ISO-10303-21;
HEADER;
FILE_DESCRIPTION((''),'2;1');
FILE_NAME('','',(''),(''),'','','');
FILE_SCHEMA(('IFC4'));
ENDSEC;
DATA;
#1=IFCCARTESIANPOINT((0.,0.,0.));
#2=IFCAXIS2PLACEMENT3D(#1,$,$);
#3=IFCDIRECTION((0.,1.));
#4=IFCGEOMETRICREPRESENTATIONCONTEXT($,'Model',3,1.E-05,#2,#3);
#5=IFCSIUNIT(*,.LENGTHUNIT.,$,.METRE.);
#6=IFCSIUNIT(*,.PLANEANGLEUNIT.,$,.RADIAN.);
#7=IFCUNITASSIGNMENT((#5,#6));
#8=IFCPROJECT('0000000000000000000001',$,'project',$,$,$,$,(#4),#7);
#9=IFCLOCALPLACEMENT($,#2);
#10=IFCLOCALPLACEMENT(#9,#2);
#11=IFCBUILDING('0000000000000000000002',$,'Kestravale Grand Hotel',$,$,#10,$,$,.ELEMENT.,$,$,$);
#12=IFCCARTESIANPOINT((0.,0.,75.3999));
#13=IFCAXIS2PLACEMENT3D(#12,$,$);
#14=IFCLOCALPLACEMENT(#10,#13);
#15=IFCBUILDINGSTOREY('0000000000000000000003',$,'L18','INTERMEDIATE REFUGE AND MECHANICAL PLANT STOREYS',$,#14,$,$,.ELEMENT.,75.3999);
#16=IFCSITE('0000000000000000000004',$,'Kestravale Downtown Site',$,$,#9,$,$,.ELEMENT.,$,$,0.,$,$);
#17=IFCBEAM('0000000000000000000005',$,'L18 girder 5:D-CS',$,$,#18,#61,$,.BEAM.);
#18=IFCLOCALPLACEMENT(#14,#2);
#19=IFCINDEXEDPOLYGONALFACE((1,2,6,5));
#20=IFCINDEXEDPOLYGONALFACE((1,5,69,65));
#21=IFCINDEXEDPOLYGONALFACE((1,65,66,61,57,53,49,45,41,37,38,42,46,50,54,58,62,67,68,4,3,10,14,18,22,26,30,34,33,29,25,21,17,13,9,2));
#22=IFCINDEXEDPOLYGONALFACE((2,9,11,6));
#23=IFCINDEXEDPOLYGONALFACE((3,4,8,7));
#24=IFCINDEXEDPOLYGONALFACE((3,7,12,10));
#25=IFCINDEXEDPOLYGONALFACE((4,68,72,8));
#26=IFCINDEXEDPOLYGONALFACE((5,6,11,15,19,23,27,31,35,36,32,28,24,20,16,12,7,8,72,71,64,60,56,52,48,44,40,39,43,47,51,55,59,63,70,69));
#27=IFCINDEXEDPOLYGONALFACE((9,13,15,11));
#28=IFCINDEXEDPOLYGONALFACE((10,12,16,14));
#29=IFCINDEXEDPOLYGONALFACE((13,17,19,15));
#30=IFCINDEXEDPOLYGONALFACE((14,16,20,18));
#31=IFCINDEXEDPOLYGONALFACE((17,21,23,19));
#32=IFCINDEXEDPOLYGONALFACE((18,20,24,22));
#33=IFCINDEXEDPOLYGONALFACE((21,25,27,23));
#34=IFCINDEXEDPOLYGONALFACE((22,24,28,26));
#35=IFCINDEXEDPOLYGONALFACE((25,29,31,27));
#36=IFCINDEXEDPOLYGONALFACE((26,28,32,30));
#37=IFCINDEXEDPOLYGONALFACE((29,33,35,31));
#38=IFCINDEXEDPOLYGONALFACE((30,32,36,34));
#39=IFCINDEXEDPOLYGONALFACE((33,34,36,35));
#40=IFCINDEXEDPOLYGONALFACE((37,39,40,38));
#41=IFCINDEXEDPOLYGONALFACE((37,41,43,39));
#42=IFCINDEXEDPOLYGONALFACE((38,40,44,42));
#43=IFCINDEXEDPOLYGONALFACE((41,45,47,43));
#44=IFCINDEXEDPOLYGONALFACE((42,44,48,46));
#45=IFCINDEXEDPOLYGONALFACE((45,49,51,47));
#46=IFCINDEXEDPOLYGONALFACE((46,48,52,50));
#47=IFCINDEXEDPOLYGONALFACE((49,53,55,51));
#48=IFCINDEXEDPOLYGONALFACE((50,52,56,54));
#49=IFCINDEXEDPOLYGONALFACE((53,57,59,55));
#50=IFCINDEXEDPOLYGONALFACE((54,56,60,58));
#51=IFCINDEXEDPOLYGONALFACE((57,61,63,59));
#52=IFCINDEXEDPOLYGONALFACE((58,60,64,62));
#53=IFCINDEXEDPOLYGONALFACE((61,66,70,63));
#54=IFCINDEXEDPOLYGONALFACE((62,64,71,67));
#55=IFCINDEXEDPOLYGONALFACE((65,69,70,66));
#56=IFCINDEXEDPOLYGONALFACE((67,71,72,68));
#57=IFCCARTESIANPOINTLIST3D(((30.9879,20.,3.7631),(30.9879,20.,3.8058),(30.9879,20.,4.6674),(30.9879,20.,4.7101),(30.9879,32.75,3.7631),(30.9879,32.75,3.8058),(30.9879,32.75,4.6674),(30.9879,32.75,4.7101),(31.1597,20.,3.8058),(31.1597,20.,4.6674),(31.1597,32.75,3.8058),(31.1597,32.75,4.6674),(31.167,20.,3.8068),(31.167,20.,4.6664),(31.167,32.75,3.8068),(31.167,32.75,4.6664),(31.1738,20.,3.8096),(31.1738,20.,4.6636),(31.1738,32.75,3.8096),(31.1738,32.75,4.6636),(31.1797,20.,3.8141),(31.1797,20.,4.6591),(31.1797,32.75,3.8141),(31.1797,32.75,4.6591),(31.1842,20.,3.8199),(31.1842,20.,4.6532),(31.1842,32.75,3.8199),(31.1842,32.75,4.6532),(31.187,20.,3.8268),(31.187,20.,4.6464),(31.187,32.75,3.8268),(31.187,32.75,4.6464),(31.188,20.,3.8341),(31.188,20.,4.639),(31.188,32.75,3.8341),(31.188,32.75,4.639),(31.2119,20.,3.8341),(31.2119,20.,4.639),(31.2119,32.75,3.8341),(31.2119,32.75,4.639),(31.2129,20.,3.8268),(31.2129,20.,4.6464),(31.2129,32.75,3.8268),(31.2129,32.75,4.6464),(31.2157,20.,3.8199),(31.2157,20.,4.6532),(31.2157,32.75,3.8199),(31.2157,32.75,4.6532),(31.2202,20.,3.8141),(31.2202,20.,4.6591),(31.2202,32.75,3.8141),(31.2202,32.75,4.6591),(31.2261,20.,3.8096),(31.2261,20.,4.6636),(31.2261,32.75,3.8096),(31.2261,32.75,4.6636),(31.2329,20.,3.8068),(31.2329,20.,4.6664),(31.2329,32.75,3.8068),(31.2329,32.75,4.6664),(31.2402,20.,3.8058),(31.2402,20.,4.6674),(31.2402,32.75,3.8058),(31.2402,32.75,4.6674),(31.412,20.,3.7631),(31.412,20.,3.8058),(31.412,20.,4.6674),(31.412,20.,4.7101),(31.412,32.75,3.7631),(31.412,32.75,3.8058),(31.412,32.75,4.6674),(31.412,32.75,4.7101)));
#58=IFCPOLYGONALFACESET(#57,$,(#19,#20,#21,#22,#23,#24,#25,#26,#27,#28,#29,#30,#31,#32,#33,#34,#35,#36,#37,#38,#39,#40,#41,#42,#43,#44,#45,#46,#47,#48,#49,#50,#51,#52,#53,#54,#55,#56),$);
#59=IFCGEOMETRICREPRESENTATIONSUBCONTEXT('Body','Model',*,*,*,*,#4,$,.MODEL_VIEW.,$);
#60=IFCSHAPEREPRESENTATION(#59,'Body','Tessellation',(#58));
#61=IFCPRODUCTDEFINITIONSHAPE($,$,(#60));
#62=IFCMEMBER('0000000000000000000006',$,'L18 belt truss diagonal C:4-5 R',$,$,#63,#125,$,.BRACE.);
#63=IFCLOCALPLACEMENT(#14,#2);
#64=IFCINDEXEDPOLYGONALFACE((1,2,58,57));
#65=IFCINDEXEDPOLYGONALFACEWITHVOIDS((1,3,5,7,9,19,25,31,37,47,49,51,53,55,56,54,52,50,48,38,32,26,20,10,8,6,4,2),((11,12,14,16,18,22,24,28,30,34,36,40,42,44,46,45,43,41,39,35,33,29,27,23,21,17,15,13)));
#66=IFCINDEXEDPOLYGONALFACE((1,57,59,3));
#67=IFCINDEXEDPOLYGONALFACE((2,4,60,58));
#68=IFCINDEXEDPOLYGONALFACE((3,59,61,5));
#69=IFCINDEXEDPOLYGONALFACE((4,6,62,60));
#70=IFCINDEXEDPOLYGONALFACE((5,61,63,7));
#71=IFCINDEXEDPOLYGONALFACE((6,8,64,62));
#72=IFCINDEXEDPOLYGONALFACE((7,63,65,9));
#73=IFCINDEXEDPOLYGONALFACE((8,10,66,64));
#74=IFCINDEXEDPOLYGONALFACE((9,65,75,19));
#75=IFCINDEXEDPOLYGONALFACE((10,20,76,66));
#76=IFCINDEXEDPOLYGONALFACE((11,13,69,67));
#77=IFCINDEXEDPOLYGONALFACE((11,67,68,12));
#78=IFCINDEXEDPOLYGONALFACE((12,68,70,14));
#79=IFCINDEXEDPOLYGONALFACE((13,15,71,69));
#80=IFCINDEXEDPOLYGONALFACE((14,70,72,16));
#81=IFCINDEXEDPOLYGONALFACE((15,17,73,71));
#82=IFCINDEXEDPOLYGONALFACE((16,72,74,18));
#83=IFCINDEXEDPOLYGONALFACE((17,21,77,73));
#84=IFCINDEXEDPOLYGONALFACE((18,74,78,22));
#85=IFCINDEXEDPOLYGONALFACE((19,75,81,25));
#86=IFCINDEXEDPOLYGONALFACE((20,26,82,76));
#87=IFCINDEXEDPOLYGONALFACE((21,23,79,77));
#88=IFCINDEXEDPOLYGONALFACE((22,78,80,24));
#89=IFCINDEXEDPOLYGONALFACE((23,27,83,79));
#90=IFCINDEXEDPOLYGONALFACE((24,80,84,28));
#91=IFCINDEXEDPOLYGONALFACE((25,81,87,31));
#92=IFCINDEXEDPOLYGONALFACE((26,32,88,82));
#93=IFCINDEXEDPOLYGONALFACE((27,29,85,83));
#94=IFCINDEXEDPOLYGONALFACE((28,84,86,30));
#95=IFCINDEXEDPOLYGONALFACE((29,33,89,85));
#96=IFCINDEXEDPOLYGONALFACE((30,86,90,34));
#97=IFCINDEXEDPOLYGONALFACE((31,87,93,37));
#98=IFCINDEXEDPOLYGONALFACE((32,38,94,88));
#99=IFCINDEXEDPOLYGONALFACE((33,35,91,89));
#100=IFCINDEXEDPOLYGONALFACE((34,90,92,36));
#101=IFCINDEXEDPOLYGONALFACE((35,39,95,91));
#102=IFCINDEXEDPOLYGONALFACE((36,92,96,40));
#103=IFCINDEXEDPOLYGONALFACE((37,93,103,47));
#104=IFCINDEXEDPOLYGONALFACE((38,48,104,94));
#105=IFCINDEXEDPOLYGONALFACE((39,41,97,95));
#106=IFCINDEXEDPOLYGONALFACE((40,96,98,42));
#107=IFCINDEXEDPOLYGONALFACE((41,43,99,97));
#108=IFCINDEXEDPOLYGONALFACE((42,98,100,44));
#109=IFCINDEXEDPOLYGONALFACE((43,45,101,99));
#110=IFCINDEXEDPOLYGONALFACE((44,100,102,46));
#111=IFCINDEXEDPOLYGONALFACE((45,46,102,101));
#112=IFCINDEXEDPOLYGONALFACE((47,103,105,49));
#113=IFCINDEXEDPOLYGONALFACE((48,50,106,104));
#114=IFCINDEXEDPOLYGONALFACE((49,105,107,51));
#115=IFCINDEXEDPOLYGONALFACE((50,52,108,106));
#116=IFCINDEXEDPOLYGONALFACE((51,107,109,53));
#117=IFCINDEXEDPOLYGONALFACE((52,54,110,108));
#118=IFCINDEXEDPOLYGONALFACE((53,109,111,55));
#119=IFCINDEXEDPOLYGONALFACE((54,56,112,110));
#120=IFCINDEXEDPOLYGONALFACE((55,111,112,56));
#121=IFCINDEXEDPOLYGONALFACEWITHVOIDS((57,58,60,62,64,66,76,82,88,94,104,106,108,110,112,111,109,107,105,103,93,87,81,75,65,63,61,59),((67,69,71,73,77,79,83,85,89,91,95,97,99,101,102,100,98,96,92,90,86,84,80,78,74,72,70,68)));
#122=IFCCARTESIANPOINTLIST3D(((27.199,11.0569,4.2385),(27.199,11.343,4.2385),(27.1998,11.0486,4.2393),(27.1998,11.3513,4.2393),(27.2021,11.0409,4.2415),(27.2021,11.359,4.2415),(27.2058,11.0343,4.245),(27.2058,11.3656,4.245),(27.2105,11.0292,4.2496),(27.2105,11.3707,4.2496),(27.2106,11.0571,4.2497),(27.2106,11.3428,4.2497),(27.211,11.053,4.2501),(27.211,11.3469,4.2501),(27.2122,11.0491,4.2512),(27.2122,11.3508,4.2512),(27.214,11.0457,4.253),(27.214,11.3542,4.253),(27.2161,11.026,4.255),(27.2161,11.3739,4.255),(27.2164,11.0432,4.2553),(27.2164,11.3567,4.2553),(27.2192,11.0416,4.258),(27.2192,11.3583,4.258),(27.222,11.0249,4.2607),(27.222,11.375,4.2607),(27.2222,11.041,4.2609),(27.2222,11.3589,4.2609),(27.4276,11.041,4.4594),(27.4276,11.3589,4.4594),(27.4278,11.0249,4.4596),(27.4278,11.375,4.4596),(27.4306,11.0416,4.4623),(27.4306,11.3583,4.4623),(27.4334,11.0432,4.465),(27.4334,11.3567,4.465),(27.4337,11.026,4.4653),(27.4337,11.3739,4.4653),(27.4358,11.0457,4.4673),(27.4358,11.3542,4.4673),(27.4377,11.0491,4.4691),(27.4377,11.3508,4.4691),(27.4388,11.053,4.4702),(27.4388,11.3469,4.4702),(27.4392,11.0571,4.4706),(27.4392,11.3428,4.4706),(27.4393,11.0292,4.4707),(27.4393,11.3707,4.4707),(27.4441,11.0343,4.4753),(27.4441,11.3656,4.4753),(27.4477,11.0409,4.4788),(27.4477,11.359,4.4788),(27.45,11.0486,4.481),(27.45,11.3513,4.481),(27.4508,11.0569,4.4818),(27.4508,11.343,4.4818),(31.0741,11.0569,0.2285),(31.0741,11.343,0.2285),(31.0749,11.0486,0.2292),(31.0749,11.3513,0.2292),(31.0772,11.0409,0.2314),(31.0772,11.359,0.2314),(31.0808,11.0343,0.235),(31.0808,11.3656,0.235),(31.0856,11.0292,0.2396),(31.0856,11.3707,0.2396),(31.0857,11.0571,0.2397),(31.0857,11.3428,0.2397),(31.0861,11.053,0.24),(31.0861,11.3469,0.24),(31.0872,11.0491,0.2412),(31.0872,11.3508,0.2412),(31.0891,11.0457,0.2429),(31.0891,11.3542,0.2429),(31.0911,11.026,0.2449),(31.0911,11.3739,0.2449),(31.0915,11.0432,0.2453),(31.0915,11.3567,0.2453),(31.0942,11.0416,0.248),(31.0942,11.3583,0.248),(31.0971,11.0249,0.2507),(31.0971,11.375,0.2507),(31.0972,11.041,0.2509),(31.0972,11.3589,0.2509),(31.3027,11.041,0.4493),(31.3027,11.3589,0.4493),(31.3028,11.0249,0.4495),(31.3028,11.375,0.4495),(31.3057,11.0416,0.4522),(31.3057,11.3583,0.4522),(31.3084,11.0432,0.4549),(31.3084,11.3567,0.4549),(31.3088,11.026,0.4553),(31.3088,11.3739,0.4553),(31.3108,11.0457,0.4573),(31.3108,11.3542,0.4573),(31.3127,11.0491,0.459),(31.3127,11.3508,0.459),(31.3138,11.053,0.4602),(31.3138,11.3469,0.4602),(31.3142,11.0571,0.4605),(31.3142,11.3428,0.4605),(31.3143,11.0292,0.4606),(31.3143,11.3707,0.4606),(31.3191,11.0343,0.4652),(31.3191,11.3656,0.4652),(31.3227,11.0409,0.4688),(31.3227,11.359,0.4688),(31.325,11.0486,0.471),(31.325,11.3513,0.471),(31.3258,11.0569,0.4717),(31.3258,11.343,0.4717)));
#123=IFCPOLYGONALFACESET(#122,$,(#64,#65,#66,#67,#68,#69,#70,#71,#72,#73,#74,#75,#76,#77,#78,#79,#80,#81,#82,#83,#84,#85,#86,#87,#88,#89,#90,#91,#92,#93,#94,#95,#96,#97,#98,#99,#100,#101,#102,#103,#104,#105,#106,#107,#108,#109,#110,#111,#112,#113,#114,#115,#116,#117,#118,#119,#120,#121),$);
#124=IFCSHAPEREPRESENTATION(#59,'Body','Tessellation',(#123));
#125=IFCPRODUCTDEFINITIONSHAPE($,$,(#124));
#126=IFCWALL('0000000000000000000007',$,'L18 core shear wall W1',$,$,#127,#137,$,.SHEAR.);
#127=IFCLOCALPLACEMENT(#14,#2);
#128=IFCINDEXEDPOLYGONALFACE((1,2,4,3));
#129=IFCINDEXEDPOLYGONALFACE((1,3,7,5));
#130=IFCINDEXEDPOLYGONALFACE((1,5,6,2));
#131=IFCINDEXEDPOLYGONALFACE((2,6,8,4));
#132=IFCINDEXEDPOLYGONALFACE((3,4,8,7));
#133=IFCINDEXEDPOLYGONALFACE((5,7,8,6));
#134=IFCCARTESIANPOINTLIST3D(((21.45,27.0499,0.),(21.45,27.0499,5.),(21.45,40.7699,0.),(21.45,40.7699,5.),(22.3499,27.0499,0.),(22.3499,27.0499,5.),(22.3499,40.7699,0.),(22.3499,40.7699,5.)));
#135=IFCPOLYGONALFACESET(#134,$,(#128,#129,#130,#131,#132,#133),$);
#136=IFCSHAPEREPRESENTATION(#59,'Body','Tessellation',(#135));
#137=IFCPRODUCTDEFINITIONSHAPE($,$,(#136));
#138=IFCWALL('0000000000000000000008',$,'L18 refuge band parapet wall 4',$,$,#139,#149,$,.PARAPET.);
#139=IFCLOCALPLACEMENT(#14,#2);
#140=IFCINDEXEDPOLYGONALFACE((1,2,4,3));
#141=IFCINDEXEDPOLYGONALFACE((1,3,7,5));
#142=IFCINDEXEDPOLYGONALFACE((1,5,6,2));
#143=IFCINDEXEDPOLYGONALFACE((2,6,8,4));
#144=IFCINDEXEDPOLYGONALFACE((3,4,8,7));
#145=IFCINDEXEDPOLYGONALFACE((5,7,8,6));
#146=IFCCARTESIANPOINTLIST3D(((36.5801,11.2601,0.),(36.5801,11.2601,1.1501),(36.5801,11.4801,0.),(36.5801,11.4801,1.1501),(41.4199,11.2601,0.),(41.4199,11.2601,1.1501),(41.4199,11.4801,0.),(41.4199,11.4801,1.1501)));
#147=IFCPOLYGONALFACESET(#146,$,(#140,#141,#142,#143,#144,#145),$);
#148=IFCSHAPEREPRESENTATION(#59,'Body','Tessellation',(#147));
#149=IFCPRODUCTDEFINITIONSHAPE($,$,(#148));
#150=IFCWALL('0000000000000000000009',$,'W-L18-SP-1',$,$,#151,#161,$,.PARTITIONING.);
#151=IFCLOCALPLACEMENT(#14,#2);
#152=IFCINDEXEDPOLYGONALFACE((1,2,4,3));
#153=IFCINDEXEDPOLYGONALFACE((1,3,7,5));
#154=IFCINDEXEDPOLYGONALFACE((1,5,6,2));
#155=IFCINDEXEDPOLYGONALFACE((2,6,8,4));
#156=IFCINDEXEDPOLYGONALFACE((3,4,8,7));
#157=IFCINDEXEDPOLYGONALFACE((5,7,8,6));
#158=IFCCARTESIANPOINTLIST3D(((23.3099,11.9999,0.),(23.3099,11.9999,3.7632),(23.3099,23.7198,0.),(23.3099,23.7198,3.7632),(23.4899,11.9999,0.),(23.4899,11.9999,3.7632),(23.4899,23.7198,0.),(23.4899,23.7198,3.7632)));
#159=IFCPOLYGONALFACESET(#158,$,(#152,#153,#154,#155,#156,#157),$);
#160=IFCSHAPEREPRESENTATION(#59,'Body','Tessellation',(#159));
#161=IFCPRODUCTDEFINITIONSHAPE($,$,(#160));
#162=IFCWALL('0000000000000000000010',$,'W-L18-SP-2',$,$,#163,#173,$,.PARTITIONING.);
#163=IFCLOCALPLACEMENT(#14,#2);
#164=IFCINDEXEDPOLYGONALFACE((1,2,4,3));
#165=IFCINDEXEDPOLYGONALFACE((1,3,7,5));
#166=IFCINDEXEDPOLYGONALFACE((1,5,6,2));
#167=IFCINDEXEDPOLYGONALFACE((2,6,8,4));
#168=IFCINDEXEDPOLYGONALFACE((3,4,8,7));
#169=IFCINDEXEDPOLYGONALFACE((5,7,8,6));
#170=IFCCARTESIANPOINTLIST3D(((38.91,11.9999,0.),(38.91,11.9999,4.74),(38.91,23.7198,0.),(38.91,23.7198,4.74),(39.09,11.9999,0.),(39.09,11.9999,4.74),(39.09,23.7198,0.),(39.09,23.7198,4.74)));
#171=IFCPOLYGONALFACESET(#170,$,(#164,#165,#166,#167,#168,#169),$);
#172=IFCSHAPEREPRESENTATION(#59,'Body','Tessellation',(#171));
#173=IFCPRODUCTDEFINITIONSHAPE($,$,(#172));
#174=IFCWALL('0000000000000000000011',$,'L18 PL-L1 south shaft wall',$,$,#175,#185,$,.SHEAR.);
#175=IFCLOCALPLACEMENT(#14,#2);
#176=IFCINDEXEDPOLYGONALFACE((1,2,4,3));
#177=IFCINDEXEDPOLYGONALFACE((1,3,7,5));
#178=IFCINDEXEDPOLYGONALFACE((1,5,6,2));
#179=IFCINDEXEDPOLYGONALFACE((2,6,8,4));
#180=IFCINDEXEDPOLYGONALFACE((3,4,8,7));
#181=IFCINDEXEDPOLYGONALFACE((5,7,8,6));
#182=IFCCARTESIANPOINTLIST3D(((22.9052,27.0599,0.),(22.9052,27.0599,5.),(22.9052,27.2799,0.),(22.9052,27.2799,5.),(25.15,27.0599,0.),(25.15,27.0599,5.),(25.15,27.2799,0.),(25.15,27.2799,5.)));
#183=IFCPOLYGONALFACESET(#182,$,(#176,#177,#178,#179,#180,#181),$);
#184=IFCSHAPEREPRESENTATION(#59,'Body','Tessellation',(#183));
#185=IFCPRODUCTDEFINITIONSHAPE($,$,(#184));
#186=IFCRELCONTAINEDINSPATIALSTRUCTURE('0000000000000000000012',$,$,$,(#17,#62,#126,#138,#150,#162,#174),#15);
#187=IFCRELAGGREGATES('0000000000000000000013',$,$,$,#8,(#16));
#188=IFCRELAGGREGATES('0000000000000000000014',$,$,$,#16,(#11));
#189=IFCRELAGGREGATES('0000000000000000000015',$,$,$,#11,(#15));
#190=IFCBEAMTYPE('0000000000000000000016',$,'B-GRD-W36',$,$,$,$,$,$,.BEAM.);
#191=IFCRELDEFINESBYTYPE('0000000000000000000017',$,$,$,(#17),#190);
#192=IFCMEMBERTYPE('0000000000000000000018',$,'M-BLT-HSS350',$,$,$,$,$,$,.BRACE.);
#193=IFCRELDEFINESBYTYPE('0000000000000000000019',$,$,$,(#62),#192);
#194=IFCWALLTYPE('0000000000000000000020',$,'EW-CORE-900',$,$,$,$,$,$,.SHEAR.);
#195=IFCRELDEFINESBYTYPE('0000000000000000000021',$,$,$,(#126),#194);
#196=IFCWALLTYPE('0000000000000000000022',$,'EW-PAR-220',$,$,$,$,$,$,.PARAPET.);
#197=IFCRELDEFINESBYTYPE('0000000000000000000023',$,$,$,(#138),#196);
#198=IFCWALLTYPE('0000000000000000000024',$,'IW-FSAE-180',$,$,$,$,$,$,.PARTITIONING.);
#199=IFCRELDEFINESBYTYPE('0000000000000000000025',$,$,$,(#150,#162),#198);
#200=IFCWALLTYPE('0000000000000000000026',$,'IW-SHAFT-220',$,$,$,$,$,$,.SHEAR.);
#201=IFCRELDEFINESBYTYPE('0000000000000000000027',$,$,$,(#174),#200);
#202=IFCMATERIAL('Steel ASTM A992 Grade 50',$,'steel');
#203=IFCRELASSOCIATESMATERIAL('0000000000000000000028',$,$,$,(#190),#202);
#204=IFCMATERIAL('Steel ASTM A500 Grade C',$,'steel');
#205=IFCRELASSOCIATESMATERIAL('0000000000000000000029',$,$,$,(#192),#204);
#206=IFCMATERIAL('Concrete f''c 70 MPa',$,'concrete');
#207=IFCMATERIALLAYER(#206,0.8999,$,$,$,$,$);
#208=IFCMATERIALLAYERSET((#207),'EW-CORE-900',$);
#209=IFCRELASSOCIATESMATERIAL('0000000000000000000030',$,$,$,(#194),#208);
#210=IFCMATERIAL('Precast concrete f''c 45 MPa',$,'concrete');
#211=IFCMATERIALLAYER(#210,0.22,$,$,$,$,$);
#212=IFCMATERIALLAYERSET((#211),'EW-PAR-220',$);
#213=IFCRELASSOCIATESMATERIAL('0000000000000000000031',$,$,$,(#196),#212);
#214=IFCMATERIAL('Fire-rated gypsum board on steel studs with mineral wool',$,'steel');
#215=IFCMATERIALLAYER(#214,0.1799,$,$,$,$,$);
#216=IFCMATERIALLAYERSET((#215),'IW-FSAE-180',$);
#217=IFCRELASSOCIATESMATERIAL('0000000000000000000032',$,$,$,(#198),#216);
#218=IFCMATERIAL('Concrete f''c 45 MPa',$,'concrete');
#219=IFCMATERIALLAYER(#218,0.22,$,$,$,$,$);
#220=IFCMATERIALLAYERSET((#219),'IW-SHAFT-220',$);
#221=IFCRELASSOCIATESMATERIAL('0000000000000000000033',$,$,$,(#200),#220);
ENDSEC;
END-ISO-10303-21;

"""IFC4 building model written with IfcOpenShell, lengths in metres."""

from ifc_helpers import new_model, si_unit, direction, frame, frame_2d, origin, origin_2d, place, context, subcontext, project, spatial, rectangle, hollow_rectangle, i_section, extrude, material, layer, layer_set, material_profile, profile_set, type_object, element, save


model = new_model("IFC4")

# Units and contexts
model_context = context("Model", 3, precision=1e-05, world=origin(), true_north=direction((0.0, 1.0)))
body_context = subcontext(model_context, "Body", "Model", "MODEL_VIEW")
ifc_project = project(units=[si_unit("LENGTHUNIT", "METRE"), si_unit("PLANEANGLEUNIT", "RADIAN")], contexts=[model_context])

# Site, building, storey
site_placement = place(None, origin())
site = spatial("IfcSite", under=ifc_project, at=site_placement, Name="Kestravale Downtown Site", CompositionType="ELEMENT", RefElevation=0.0)
building_placement = place(site_placement, origin())
building = spatial("IfcBuilding", under=site, at=building_placement, Name="Kestravale Grand Hotel", CompositionType="ELEMENT")
storey_placement = place(building_placement, frame((0.0, 0.0, 75.3999)))
storey = spatial("IfcBuildingStorey", under=building, at=storey_placement, Name="L18", Description="INTERMEDIATE REFUGE AND MECHANICAL PLANT STOREYS", CompositionType="ELEMENT", Elevation=75.3999)

# Beam
ifc_material_1 = material(Name="Steel ASTM A992 Grade 50", Category="steel")
ifc_material_profile_1 = material_profile(ifc_material_1, i_section(OverallWidth=0.4241, OverallDepth=0.947, WebThickness=0.0239, FlangeThickness=0.0427, FilletRadius=0.0283, at=origin_2d()))
ifc_profile_set_1 = profile_set([ifc_material_profile_1], Name="Steel ASTM A992 Grade 50")
beam_type_1 = type_object("IfcBeamType", Name="B-GRD-W36", PredefinedType="BEAM", material=ifc_profile_set_1)
beam_1_placement = place(storey_placement, frame((31.2, 20.0, 4.2366), z_axis=(0.0, 1.0, 0.0), x_axis=(-1.0, 0.0, 0.0)))
element("IfcBeam", 1, at=beam_1_placement, inside=storey, type_object=beam_type_1, Name="L18 girder 5:D-CS", PredefinedType="BEAM", context=body_context, shape_type="SweptSolid", body=[
    extrude(i_section(OverallWidth=0.4241, OverallDepth=0.947, WebThickness=0.0239, FlangeThickness=0.0427, FilletRadius=0.0283, at=origin_2d()), origin(), (0.0, 0.0, 1.0), 12.75),
])

# Member
ifc_material_2 = material(Name="Steel ASTM A500 Grade C", Category="steel")
ifc_material_profile_2 = material_profile(ifc_material_2, hollow_rectangle(XDim=0.3501, YDim=0.3501, WallThickness=0.0161, InnerFilletRadius=0.0161, OuterFilletRadius=0.032, at=origin_2d()))
ifc_profile_set_2 = profile_set([ifc_material_profile_2], Name="Steel ASTM A500 Grade C")
member_type = type_object("IfcMemberType", Name="M-BLT-HSS350", PredefinedType="BRACE", material=ifc_profile_set_2)
member_placement = place(storey_placement, frame((31.2, 11.2, 0.3501), z_axis=(-0.694898, 0.0, 0.719109), x_axis=(0.0, -1.0, 0.0)))
element("IfcMember", 2, at=member_placement, inside=storey, type_object=member_type, Name="L18 belt truss diagonal C:4-5 R", PredefinedType="BRACE", context=body_context, shape_type="SweptSolid", body=[
    extrude(hollow_rectangle(XDim=0.3501, YDim=0.3501, WallThickness=0.0161, InnerFilletRadius=0.0161, OuterFilletRadius=0.032, at=origin_2d()), origin(), (0.0, 0.0, 1.0), 5.5764),
])

# Walls
ifc_material_3 = material(Name="Concrete f'c 70 MPa", Category="concrete")
ifc_layer_1 = layer(ifc_material_3, 0.8999)
ifc_layer_set_1 = layer_set([ifc_layer_1], Name="EW-CORE-900")
wall_type_1 = type_object("IfcWallType", Name="EW-CORE-900", PredefinedType="SHEAR", material=ifc_layer_set_1)
wall_1_placement = place(storey_placement, frame((21.8999, 27.05, 0.0), z_axis=(0.0, 0.0, 1.0), x_axis=(0.0, 1.0, 0.0)))
element("IfcWall", 3, at=wall_1_placement, inside=storey, type_object=wall_type_1, Name="L18 core shear wall W1", PredefinedType="SHEAR", context=body_context, shape_type="SweptSolid", body=[
    extrude(rectangle(XDim=13.72, YDim=0.8999, at=frame_2d((6.8599, 0.0))), origin(), (0.0, 0.0, 1.0), 5.0),
])
ifc_material_4 = material(Name="Precast concrete f'c 45 MPa", Category="concrete")
ifc_layer_2 = layer(ifc_material_4, 0.22)
ifc_layer_set_2 = layer_set([ifc_layer_2], Name="EW-PAR-220")
wall_type_2 = type_object("IfcWallType", Name="EW-PAR-220", PredefinedType="PARAPET", material=ifc_layer_set_2)
wall_2_placement = place(storey_placement, frame((36.5801, 11.3701, 0.0), z_axis=(0.0, 0.0, 1.0), x_axis=(1.0, 0.0, 0.0)))
element("IfcWall", 4, at=wall_2_placement, inside=storey, type_object=wall_type_2, Name="L18 refuge band parapet wall 4", PredefinedType="PARAPET", context=body_context, shape_type="SweptSolid", body=[
    extrude(rectangle(XDim=4.8398, YDim=0.22, at=frame_2d((2.4199, 0.0))), origin(), (0.0, 0.0, 1.0), 1.1501),
])
ifc_material_5 = material(Name="Fire-rated gypsum board on steel studs with mineral wool", Category="steel")
ifc_layer_3 = layer(ifc_material_5, 0.1799)
ifc_layer_set_3 = layer_set([ifc_layer_3], Name="IW-FSAE-180")
wall_type_3 = type_object("IfcWallType", Name="IW-FSAE-180", PredefinedType="PARTITIONING", material=ifc_layer_set_3)
wall_3_placement = place(storey_placement, frame((23.3999, 12.0, 0.0), z_axis=(0.0, 0.0, 1.0), x_axis=(0.0, 1.0, 0.0)))
element("IfcWall", 5, at=wall_3_placement, inside=storey, type_object=wall_type_3, Name="W-L18-SP-1", PredefinedType="PARTITIONING", context=body_context, shape_type="SweptSolid", body=[
    extrude(rectangle(XDim=11.72, YDim=0.1799, at=frame_2d((5.8599, 0.0))), origin(), (0.0, 0.0, 1.0), 3.7632),
])
wall_4_placement = place(storey_placement, frame((39.0, 12.0, 0.0), z_axis=(0.0, 0.0, 1.0), x_axis=(0.0, 1.0, 0.0)))
element("IfcWall", 6, at=wall_4_placement, inside=storey, type_object=wall_type_3, Name="W-L18-SP-2", PredefinedType="PARTITIONING", context=body_context, shape_type="SweptSolid", body=[
    extrude(rectangle(XDim=11.72, YDim=0.1799, at=frame_2d((5.8599, 0.0))), origin(), (0.0, 0.0, 1.0), 4.74),
])
ifc_material_6 = material(Name="Concrete f'c 45 MPa", Category="concrete")
ifc_layer_4 = layer(ifc_material_6, 0.22)
ifc_layer_set_4 = layer_set([ifc_layer_4], Name="IW-SHAFT-220")
wall_type_4 = type_object("IfcWallType", Name="IW-SHAFT-220", PredefinedType="SHEAR", material=ifc_layer_set_4)
wall_5_placement = place(storey_placement, frame((22.905, 27.1699, 0.0), z_axis=(0.0, 0.0, 1.0), x_axis=(1.0, 0.0, 0.0)))
element("IfcWall", 7, at=wall_5_placement, inside=storey, type_object=wall_type_4, Name="L18 PL-L1 south shaft wall", PredefinedType="SHEAR", context=body_context, shape_type="SweptSolid", body=[
    extrude(rectangle(XDim=2.2449, YDim=0.22, at=frame_2d((1.1226, 0.0))), origin(), (0.0, 0.0, 1.0), 5.0),
])

save(model, "model.ifc")
